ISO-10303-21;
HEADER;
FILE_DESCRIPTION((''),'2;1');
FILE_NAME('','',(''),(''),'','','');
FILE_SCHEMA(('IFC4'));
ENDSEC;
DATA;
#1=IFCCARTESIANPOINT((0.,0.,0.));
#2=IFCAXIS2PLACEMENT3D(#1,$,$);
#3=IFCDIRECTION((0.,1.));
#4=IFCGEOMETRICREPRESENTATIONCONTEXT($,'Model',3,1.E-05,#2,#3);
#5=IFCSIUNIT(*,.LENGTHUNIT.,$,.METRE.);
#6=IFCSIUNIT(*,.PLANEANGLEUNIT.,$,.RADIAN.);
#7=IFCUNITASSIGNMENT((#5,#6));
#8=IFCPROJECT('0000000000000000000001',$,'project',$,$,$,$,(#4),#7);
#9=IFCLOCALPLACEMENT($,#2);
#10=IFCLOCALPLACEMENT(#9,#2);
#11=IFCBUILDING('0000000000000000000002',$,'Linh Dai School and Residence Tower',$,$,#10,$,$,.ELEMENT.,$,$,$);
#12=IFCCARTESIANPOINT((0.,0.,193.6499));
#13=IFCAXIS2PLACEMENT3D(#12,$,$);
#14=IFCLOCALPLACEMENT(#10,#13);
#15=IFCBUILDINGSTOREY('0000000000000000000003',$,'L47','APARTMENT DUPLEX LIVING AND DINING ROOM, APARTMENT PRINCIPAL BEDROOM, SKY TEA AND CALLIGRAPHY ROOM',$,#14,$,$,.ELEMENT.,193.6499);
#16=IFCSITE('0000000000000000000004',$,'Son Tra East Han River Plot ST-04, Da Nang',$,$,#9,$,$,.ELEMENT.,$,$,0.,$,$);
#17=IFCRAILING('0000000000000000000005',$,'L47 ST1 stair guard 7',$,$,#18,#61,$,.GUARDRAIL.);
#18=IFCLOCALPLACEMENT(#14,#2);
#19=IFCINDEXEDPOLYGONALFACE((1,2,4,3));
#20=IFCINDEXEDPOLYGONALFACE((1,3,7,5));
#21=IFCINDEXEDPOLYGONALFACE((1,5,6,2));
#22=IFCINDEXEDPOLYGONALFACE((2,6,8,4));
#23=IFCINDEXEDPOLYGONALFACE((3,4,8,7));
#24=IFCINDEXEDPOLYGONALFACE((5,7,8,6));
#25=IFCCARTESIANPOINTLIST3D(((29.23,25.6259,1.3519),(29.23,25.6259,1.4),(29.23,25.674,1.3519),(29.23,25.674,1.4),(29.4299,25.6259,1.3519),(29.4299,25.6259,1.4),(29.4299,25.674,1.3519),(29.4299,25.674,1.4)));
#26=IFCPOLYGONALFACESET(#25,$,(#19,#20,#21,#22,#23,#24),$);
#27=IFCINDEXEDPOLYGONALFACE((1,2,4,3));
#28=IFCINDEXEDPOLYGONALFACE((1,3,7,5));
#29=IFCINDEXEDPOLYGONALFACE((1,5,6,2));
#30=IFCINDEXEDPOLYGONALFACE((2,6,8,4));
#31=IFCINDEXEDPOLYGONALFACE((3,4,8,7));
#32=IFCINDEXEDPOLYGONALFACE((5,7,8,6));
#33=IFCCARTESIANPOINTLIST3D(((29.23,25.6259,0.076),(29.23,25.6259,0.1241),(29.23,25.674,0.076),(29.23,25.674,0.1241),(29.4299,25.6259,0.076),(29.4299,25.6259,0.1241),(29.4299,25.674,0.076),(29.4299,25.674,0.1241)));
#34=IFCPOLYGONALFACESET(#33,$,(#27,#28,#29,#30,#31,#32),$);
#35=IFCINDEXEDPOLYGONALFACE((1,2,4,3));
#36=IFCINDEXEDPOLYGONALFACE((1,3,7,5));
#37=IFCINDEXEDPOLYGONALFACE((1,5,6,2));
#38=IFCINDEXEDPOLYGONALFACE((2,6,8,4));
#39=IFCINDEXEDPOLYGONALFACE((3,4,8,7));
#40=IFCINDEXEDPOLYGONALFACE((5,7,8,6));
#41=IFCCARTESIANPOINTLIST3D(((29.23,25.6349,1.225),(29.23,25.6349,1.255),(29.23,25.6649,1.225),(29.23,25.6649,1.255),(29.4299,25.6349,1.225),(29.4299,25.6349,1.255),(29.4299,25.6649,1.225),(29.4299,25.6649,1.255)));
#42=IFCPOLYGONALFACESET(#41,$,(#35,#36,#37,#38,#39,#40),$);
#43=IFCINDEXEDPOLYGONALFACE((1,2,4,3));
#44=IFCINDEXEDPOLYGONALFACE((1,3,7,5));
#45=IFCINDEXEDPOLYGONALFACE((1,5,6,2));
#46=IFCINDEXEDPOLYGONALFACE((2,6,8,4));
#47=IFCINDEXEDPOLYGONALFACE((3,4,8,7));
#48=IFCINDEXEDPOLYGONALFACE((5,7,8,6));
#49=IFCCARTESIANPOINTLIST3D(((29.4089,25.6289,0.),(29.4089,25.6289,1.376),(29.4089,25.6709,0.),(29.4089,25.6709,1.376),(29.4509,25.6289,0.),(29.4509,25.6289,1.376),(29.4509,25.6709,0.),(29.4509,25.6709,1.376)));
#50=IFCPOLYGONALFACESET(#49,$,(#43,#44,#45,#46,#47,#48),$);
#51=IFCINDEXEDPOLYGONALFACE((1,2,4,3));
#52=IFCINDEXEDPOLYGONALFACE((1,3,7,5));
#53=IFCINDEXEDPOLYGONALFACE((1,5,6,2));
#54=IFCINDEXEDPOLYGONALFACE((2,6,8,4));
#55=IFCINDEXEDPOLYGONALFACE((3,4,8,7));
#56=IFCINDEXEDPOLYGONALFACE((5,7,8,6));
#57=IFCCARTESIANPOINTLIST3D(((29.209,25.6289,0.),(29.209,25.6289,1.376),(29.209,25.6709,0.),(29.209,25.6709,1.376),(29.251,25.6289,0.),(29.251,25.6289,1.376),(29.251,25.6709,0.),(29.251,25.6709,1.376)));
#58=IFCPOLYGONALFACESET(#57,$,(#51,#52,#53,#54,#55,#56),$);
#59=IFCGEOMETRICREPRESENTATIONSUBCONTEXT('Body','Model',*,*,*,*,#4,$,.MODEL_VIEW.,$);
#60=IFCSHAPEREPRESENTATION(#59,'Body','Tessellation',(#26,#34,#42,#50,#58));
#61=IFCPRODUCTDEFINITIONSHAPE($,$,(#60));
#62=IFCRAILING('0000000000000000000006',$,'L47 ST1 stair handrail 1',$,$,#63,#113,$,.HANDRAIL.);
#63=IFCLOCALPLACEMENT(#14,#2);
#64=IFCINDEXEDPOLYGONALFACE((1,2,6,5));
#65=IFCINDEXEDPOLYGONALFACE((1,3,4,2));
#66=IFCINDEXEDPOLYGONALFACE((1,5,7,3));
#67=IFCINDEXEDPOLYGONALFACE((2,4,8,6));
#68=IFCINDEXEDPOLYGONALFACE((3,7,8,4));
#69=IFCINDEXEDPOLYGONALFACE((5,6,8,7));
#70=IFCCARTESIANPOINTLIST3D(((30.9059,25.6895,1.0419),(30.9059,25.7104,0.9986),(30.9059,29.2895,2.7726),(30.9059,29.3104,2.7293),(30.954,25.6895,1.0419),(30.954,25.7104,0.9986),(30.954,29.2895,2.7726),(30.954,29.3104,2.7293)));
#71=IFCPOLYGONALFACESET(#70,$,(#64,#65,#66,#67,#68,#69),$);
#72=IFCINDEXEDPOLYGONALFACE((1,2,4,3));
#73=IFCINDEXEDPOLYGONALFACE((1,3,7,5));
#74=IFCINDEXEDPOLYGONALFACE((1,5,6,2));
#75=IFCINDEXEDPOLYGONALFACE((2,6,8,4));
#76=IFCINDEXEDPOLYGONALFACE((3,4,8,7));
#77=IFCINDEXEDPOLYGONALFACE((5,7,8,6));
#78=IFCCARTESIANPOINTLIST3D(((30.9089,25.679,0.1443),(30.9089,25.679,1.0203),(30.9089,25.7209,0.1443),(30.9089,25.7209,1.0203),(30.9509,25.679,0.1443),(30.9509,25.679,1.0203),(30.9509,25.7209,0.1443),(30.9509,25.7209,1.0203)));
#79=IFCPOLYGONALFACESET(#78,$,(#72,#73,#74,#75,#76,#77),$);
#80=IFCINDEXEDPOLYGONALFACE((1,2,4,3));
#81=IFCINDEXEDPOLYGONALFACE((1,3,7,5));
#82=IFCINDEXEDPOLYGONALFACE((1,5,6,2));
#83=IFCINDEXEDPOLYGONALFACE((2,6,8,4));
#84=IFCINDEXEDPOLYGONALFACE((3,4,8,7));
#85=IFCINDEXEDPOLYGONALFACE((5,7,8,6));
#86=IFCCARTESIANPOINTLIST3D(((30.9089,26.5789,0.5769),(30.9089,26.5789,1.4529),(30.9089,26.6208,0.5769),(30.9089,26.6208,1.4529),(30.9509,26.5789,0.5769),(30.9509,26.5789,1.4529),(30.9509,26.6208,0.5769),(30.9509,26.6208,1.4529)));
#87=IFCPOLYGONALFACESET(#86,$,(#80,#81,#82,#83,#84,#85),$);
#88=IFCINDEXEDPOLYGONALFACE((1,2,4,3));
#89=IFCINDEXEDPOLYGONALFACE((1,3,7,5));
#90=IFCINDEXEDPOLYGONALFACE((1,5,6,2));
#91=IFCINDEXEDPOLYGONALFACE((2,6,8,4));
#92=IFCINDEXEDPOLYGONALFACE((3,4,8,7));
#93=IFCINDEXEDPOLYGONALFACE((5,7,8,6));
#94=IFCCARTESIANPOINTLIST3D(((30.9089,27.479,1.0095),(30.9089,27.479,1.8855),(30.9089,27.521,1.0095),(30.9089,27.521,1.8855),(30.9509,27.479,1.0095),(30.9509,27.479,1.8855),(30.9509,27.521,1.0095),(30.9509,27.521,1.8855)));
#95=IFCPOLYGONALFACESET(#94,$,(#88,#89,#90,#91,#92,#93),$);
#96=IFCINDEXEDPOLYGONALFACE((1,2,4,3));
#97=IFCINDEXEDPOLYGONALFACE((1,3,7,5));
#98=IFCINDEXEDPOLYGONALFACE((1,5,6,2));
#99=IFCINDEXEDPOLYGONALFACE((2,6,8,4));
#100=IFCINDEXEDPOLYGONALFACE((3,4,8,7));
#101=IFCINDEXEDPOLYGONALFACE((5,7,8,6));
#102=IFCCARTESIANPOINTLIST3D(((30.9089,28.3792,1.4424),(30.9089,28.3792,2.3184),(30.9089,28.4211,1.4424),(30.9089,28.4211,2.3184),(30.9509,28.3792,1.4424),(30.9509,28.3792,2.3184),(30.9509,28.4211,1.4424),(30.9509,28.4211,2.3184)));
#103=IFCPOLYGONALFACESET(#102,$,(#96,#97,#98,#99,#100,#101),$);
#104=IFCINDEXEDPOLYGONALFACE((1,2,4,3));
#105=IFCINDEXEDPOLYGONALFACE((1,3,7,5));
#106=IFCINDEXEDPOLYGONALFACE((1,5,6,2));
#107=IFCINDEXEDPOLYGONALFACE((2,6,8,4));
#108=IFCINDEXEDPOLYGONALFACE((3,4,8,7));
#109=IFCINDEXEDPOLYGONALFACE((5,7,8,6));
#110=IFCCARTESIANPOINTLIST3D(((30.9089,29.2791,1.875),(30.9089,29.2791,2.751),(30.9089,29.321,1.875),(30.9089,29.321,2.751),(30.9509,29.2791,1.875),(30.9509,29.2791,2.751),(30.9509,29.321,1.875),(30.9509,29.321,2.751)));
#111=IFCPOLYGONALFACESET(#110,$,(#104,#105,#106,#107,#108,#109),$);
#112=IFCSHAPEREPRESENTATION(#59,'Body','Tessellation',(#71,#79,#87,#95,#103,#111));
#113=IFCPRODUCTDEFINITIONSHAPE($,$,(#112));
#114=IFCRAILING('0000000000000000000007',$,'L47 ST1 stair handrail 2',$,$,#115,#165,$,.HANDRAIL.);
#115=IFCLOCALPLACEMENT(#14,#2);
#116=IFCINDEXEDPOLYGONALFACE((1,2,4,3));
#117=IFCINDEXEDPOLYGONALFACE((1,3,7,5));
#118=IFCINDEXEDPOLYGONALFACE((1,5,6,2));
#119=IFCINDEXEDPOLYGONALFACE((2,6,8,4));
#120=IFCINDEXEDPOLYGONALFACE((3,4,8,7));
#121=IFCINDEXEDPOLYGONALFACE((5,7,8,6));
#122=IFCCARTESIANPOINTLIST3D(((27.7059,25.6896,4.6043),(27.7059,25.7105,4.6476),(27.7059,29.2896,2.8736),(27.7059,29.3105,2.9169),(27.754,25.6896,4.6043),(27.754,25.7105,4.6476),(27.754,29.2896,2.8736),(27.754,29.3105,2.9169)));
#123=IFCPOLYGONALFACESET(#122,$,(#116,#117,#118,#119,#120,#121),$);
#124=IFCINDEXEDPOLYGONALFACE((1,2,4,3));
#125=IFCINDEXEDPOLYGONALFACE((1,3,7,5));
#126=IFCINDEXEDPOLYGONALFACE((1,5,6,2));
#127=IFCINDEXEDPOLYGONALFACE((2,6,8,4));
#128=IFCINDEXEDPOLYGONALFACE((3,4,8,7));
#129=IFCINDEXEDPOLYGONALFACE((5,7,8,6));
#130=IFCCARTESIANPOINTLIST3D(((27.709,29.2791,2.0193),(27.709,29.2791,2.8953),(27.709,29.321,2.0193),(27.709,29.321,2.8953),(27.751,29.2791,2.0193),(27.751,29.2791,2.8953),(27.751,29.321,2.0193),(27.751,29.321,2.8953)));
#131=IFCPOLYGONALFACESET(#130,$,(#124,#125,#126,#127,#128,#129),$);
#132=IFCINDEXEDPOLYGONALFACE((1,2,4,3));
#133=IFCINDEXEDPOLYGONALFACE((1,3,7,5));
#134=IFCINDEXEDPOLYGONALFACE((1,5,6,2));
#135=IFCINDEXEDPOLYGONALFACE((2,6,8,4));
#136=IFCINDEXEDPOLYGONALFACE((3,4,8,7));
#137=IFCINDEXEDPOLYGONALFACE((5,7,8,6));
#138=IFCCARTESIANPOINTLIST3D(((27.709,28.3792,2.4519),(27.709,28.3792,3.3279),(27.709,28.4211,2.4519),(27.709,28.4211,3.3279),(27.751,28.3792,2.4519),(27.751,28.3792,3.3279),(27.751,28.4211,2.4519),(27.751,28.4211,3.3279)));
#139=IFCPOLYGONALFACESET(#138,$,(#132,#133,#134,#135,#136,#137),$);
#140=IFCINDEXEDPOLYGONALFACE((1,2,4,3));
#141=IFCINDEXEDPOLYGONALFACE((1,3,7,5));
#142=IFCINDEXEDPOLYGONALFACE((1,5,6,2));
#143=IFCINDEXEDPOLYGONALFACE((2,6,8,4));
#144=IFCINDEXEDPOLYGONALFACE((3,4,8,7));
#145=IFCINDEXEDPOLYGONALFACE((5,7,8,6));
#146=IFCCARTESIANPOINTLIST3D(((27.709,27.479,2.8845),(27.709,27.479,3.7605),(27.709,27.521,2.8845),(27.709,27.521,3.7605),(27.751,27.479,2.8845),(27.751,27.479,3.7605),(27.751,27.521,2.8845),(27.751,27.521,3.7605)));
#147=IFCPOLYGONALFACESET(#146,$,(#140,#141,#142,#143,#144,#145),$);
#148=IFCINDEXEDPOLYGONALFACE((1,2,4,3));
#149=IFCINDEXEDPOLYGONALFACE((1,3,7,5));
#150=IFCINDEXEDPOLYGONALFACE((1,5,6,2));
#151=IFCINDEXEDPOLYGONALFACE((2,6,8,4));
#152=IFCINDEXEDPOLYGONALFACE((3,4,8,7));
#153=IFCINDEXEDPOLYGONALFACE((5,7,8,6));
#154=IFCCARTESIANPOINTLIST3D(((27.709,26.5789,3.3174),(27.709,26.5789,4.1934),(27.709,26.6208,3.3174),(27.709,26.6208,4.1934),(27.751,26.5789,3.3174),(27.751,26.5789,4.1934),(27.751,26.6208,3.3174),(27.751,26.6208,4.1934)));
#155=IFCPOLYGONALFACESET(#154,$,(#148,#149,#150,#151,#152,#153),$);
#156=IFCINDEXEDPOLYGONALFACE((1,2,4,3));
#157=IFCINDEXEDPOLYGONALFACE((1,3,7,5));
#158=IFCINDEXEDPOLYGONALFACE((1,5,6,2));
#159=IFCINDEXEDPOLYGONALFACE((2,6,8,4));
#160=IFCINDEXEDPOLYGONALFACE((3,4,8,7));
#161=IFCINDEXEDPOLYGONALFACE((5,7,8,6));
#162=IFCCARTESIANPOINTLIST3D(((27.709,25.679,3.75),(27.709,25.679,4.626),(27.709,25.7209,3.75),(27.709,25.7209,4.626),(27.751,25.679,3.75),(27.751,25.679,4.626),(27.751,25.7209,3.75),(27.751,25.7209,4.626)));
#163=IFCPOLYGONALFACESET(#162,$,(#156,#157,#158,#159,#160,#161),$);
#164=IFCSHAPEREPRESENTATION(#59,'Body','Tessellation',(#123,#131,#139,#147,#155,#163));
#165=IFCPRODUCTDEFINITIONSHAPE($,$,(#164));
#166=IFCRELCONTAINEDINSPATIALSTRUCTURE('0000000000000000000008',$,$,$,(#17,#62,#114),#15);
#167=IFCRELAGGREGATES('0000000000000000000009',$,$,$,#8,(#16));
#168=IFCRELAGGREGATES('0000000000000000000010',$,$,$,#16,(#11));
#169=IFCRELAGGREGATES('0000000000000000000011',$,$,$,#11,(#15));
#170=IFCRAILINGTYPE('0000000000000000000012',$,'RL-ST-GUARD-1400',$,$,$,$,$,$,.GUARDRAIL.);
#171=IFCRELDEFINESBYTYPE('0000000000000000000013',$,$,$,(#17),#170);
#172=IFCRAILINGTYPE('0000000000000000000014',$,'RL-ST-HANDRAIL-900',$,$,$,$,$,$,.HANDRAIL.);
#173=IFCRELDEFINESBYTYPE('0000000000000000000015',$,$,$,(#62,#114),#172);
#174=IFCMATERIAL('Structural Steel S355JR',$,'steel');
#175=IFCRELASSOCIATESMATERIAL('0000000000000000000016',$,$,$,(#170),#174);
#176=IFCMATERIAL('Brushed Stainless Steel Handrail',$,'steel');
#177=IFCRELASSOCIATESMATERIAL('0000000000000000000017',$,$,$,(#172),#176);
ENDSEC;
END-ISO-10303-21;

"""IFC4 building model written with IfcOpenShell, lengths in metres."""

from ifc_helpers import new_model, si_unit, direction, frame, origin, origin_2d, place, context, subcontext, project, spatial, rectangle, extrude, source, transform, mapped, material, type_object, element, save


model = new_model("IFC4")

# Units and contexts
model_context = context("Model", 3, precision=1e-05, world=origin(), true_north=direction((0.0, 1.0)))
body_context = subcontext(model_context, "Body", "Model", "MODEL_VIEW")
ifc_project = project(units=[si_unit("LENGTHUNIT", "METRE"), si_unit("PLANEANGLEUNIT", "RADIAN")], contexts=[model_context])

# Site, building, storey
site_placement = place(None, origin())
site = spatial("IfcSite", under=ifc_project, at=site_placement, Name="Son Tra East Han River Plot ST-04, Da Nang", CompositionType="ELEMENT", RefElevation=0.0)
building_placement = place(site_placement, origin())
building = spatial("IfcBuilding", under=site, at=building_placement, Name="Linh Dai School and Residence Tower", CompositionType="ELEMENT")
storey_placement = place(building_placement, frame((0.0, 0.0, 193.6499)))
storey = spatial("IfcBuildingStorey", under=building, at=storey_placement, Name="L47", Description="APARTMENT DUPLEX LIVING AND DINING ROOM, APARTMENT PRINCIPAL BEDROOM, SKY TEA AND CALLIGRAPHY ROOM", CompositionType="ELEMENT", Elevation=193.6499)

# Shared definitions
ifc_material_1 = material(Name="Structural Steel S355JR", Category="steel")

# Railings
railing_type_1 = type_object("IfcRailingType", Name="RL-ST-GUARD-1400", PredefinedType="GUARDRAIL", material=ifc_material_1)
shared_shape_1 = source(origin(), body_context, "Body", "SweptSolid", [
    extrude(rectangle(XDim=0.0481, YDim=0.0481, at=origin_2d()), frame((0.0, 0.0, 1.376), z_axis=(-1.0, 0.0, 0.0), x_axis=(0.0, -1.0, 0.0)), (0.0, 0.0, 1.0), 0.2),
    extrude(rectangle(XDim=0.0481, YDim=0.0481, at=origin_2d()), frame((0.0, 0.0, 0.1001), z_axis=(-1.0, 0.0, 0.0), x_axis=(0.0, -1.0, 0.0)), (0.0, 0.0, 1.0), 0.2),
    extrude(rectangle(XDim=0.03, YDim=0.03, at=origin_2d()), frame((0.0, 0.0, 1.24), z_axis=(-1.0, 0.0, 0.0), x_axis=(0.0, -1.0, 0.0)), (0.0, 0.0, 1.0), 0.2),
    extrude(rectangle(XDim=0.042, YDim=0.042, at=origin_2d()), origin(), (0.0, 0.0, 1.0), 1.376),
    extrude(rectangle(XDim=0.042, YDim=0.042, at=origin_2d()), frame((-0.2, 0.0, 0.0)), (0.0, 0.0, 1.0), 1.376),
])
for number, where, name in (
    (1, (29.4299, 25.6499, 0.0), "L47 ST1 stair guard 7"),
):
    element("IfcRailing", number, at=place(storey_placement, frame(where)), inside=storey, type_object=railing_type_1, Name=name, PredefinedType="GUARDRAIL", context=body_context, shape_type="MappedRepresentation", body=[
        mapped(shared_shape_1, transform((0.0, 0.0, 0.0), x_axis=(1.0, 0.0, 0.0), y_axis=(0.0, 1.0, 0.0), z_axis=(0.0, 0.0, 1.0), scale=1.0)),
    ])
ifc_material_2 = material(Name="Brushed Stainless Steel Handrail", Category="steel")
railing_type_2 = type_object("IfcRailingType", Name="RL-ST-HANDRAIL-900", PredefinedType="HANDRAIL", material=ifc_material_2)
shared_shape_2 = source(origin(), body_context, "Body", "SweptSolid", [
    extrude(rectangle(XDim=0.0481, YDim=0.0481, at=origin_2d()), frame((0.0, 0.0, 0.876), z_axis=(0.0, 0.901263, 0.433273), x_axis=(-1.0, 0.0, 0.0)), (0.0, 0.0, 1.0), 3.9944),
    extrude(rectangle(XDim=0.042, YDim=0.042, at=origin_2d()), origin(), (0.0, 0.0, 1.0), 0.876),
    extrude(rectangle(XDim=0.042, YDim=0.042, at=origin_2d()), frame((0.0, 0.8999, 0.4326)), (0.0, 0.0, 1.0), 0.876),
    extrude(rectangle(XDim=0.042, YDim=0.042, at=origin_2d()), frame((0.0, 1.8, 0.8652)), (0.0, 0.0, 1.0), 0.876),
    extrude(rectangle(XDim=0.042, YDim=0.042, at=origin_2d()), frame((0.0, 2.7002, 1.2981)), (0.0, 0.0, 1.0), 0.876),
    extrude(rectangle(XDim=0.042, YDim=0.042, at=origin_2d()), frame((0.0, 3.6001, 1.7307)), (0.0, 0.0, 1.0), 0.876),
])
railing_1_placement = place(storey_placement, frame((30.9299, 25.7, 0.1443)))
element("IfcRailing", 2, at=railing_1_placement, inside=storey, type_object=railing_type_2, Name="L47 ST1 stair handrail 1", PredefinedType="HANDRAIL", context=body_context, shape_type="MappedRepresentation", body=[
    mapped(shared_shape_2, transform((0.0, 0.0, 0.0), x_axis=(1.0, 0.0, 0.0), y_axis=(0.0, 1.0, 0.0), z_axis=(0.0, 0.0, 1.0), scale=1.0)),
])
shared_shape_3 = source(origin(), body_context, "Body", "SweptSolid", [
    extrude(rectangle(XDim=0.0481, YDim=0.0481, at=origin_2d()), frame((0.0, 0.0, 0.876), z_axis=(0.0, -0.901263, 0.433273), x_axis=(1.0, 0.0, 0.0)), (0.0, 0.0, 1.0), 3.9944),
    extrude(rectangle(XDim=0.042, YDim=0.042, at=origin_2d()), origin(), (0.0, 0.0, 1.0), 0.876),
    extrude(rectangle(XDim=0.042, YDim=0.042, at=origin_2d()), frame((0.0, -0.8999, 0.4326)), (0.0, 0.0, 1.0), 0.876),
    extrude(rectangle(XDim=0.042, YDim=0.042, at=origin_2d()), frame((0.0, -1.8, 0.8652)), (0.0, 0.0, 1.0), 0.876),
    extrude(rectangle(XDim=0.042, YDim=0.042, at=origin_2d()), frame((0.0, -2.7002, 1.2981)), (0.0, 0.0, 1.0), 0.876),
    extrude(rectangle(XDim=0.042, YDim=0.042, at=origin_2d()), frame((0.0, -3.6001, 1.7307)), (0.0, 0.0, 1.0), 0.876),
])
railing_2_placement = place(storey_placement, frame((27.73, 29.3, 2.0193)))
element("IfcRailing", 3, at=railing_2_placement, inside=storey, type_object=railing_type_2, Name="L47 ST1 stair handrail 2", PredefinedType="HANDRAIL", context=body_context, shape_type="MappedRepresentation", body=[
    mapped(shared_shape_3, transform((0.0, 0.0, 0.0), x_axis=(1.0, 0.0, 0.0), y_axis=(0.0, 1.0, 0.0), z_axis=(0.0, 0.0, 1.0), scale=1.0)),
])

save(model, "model.ifc")
